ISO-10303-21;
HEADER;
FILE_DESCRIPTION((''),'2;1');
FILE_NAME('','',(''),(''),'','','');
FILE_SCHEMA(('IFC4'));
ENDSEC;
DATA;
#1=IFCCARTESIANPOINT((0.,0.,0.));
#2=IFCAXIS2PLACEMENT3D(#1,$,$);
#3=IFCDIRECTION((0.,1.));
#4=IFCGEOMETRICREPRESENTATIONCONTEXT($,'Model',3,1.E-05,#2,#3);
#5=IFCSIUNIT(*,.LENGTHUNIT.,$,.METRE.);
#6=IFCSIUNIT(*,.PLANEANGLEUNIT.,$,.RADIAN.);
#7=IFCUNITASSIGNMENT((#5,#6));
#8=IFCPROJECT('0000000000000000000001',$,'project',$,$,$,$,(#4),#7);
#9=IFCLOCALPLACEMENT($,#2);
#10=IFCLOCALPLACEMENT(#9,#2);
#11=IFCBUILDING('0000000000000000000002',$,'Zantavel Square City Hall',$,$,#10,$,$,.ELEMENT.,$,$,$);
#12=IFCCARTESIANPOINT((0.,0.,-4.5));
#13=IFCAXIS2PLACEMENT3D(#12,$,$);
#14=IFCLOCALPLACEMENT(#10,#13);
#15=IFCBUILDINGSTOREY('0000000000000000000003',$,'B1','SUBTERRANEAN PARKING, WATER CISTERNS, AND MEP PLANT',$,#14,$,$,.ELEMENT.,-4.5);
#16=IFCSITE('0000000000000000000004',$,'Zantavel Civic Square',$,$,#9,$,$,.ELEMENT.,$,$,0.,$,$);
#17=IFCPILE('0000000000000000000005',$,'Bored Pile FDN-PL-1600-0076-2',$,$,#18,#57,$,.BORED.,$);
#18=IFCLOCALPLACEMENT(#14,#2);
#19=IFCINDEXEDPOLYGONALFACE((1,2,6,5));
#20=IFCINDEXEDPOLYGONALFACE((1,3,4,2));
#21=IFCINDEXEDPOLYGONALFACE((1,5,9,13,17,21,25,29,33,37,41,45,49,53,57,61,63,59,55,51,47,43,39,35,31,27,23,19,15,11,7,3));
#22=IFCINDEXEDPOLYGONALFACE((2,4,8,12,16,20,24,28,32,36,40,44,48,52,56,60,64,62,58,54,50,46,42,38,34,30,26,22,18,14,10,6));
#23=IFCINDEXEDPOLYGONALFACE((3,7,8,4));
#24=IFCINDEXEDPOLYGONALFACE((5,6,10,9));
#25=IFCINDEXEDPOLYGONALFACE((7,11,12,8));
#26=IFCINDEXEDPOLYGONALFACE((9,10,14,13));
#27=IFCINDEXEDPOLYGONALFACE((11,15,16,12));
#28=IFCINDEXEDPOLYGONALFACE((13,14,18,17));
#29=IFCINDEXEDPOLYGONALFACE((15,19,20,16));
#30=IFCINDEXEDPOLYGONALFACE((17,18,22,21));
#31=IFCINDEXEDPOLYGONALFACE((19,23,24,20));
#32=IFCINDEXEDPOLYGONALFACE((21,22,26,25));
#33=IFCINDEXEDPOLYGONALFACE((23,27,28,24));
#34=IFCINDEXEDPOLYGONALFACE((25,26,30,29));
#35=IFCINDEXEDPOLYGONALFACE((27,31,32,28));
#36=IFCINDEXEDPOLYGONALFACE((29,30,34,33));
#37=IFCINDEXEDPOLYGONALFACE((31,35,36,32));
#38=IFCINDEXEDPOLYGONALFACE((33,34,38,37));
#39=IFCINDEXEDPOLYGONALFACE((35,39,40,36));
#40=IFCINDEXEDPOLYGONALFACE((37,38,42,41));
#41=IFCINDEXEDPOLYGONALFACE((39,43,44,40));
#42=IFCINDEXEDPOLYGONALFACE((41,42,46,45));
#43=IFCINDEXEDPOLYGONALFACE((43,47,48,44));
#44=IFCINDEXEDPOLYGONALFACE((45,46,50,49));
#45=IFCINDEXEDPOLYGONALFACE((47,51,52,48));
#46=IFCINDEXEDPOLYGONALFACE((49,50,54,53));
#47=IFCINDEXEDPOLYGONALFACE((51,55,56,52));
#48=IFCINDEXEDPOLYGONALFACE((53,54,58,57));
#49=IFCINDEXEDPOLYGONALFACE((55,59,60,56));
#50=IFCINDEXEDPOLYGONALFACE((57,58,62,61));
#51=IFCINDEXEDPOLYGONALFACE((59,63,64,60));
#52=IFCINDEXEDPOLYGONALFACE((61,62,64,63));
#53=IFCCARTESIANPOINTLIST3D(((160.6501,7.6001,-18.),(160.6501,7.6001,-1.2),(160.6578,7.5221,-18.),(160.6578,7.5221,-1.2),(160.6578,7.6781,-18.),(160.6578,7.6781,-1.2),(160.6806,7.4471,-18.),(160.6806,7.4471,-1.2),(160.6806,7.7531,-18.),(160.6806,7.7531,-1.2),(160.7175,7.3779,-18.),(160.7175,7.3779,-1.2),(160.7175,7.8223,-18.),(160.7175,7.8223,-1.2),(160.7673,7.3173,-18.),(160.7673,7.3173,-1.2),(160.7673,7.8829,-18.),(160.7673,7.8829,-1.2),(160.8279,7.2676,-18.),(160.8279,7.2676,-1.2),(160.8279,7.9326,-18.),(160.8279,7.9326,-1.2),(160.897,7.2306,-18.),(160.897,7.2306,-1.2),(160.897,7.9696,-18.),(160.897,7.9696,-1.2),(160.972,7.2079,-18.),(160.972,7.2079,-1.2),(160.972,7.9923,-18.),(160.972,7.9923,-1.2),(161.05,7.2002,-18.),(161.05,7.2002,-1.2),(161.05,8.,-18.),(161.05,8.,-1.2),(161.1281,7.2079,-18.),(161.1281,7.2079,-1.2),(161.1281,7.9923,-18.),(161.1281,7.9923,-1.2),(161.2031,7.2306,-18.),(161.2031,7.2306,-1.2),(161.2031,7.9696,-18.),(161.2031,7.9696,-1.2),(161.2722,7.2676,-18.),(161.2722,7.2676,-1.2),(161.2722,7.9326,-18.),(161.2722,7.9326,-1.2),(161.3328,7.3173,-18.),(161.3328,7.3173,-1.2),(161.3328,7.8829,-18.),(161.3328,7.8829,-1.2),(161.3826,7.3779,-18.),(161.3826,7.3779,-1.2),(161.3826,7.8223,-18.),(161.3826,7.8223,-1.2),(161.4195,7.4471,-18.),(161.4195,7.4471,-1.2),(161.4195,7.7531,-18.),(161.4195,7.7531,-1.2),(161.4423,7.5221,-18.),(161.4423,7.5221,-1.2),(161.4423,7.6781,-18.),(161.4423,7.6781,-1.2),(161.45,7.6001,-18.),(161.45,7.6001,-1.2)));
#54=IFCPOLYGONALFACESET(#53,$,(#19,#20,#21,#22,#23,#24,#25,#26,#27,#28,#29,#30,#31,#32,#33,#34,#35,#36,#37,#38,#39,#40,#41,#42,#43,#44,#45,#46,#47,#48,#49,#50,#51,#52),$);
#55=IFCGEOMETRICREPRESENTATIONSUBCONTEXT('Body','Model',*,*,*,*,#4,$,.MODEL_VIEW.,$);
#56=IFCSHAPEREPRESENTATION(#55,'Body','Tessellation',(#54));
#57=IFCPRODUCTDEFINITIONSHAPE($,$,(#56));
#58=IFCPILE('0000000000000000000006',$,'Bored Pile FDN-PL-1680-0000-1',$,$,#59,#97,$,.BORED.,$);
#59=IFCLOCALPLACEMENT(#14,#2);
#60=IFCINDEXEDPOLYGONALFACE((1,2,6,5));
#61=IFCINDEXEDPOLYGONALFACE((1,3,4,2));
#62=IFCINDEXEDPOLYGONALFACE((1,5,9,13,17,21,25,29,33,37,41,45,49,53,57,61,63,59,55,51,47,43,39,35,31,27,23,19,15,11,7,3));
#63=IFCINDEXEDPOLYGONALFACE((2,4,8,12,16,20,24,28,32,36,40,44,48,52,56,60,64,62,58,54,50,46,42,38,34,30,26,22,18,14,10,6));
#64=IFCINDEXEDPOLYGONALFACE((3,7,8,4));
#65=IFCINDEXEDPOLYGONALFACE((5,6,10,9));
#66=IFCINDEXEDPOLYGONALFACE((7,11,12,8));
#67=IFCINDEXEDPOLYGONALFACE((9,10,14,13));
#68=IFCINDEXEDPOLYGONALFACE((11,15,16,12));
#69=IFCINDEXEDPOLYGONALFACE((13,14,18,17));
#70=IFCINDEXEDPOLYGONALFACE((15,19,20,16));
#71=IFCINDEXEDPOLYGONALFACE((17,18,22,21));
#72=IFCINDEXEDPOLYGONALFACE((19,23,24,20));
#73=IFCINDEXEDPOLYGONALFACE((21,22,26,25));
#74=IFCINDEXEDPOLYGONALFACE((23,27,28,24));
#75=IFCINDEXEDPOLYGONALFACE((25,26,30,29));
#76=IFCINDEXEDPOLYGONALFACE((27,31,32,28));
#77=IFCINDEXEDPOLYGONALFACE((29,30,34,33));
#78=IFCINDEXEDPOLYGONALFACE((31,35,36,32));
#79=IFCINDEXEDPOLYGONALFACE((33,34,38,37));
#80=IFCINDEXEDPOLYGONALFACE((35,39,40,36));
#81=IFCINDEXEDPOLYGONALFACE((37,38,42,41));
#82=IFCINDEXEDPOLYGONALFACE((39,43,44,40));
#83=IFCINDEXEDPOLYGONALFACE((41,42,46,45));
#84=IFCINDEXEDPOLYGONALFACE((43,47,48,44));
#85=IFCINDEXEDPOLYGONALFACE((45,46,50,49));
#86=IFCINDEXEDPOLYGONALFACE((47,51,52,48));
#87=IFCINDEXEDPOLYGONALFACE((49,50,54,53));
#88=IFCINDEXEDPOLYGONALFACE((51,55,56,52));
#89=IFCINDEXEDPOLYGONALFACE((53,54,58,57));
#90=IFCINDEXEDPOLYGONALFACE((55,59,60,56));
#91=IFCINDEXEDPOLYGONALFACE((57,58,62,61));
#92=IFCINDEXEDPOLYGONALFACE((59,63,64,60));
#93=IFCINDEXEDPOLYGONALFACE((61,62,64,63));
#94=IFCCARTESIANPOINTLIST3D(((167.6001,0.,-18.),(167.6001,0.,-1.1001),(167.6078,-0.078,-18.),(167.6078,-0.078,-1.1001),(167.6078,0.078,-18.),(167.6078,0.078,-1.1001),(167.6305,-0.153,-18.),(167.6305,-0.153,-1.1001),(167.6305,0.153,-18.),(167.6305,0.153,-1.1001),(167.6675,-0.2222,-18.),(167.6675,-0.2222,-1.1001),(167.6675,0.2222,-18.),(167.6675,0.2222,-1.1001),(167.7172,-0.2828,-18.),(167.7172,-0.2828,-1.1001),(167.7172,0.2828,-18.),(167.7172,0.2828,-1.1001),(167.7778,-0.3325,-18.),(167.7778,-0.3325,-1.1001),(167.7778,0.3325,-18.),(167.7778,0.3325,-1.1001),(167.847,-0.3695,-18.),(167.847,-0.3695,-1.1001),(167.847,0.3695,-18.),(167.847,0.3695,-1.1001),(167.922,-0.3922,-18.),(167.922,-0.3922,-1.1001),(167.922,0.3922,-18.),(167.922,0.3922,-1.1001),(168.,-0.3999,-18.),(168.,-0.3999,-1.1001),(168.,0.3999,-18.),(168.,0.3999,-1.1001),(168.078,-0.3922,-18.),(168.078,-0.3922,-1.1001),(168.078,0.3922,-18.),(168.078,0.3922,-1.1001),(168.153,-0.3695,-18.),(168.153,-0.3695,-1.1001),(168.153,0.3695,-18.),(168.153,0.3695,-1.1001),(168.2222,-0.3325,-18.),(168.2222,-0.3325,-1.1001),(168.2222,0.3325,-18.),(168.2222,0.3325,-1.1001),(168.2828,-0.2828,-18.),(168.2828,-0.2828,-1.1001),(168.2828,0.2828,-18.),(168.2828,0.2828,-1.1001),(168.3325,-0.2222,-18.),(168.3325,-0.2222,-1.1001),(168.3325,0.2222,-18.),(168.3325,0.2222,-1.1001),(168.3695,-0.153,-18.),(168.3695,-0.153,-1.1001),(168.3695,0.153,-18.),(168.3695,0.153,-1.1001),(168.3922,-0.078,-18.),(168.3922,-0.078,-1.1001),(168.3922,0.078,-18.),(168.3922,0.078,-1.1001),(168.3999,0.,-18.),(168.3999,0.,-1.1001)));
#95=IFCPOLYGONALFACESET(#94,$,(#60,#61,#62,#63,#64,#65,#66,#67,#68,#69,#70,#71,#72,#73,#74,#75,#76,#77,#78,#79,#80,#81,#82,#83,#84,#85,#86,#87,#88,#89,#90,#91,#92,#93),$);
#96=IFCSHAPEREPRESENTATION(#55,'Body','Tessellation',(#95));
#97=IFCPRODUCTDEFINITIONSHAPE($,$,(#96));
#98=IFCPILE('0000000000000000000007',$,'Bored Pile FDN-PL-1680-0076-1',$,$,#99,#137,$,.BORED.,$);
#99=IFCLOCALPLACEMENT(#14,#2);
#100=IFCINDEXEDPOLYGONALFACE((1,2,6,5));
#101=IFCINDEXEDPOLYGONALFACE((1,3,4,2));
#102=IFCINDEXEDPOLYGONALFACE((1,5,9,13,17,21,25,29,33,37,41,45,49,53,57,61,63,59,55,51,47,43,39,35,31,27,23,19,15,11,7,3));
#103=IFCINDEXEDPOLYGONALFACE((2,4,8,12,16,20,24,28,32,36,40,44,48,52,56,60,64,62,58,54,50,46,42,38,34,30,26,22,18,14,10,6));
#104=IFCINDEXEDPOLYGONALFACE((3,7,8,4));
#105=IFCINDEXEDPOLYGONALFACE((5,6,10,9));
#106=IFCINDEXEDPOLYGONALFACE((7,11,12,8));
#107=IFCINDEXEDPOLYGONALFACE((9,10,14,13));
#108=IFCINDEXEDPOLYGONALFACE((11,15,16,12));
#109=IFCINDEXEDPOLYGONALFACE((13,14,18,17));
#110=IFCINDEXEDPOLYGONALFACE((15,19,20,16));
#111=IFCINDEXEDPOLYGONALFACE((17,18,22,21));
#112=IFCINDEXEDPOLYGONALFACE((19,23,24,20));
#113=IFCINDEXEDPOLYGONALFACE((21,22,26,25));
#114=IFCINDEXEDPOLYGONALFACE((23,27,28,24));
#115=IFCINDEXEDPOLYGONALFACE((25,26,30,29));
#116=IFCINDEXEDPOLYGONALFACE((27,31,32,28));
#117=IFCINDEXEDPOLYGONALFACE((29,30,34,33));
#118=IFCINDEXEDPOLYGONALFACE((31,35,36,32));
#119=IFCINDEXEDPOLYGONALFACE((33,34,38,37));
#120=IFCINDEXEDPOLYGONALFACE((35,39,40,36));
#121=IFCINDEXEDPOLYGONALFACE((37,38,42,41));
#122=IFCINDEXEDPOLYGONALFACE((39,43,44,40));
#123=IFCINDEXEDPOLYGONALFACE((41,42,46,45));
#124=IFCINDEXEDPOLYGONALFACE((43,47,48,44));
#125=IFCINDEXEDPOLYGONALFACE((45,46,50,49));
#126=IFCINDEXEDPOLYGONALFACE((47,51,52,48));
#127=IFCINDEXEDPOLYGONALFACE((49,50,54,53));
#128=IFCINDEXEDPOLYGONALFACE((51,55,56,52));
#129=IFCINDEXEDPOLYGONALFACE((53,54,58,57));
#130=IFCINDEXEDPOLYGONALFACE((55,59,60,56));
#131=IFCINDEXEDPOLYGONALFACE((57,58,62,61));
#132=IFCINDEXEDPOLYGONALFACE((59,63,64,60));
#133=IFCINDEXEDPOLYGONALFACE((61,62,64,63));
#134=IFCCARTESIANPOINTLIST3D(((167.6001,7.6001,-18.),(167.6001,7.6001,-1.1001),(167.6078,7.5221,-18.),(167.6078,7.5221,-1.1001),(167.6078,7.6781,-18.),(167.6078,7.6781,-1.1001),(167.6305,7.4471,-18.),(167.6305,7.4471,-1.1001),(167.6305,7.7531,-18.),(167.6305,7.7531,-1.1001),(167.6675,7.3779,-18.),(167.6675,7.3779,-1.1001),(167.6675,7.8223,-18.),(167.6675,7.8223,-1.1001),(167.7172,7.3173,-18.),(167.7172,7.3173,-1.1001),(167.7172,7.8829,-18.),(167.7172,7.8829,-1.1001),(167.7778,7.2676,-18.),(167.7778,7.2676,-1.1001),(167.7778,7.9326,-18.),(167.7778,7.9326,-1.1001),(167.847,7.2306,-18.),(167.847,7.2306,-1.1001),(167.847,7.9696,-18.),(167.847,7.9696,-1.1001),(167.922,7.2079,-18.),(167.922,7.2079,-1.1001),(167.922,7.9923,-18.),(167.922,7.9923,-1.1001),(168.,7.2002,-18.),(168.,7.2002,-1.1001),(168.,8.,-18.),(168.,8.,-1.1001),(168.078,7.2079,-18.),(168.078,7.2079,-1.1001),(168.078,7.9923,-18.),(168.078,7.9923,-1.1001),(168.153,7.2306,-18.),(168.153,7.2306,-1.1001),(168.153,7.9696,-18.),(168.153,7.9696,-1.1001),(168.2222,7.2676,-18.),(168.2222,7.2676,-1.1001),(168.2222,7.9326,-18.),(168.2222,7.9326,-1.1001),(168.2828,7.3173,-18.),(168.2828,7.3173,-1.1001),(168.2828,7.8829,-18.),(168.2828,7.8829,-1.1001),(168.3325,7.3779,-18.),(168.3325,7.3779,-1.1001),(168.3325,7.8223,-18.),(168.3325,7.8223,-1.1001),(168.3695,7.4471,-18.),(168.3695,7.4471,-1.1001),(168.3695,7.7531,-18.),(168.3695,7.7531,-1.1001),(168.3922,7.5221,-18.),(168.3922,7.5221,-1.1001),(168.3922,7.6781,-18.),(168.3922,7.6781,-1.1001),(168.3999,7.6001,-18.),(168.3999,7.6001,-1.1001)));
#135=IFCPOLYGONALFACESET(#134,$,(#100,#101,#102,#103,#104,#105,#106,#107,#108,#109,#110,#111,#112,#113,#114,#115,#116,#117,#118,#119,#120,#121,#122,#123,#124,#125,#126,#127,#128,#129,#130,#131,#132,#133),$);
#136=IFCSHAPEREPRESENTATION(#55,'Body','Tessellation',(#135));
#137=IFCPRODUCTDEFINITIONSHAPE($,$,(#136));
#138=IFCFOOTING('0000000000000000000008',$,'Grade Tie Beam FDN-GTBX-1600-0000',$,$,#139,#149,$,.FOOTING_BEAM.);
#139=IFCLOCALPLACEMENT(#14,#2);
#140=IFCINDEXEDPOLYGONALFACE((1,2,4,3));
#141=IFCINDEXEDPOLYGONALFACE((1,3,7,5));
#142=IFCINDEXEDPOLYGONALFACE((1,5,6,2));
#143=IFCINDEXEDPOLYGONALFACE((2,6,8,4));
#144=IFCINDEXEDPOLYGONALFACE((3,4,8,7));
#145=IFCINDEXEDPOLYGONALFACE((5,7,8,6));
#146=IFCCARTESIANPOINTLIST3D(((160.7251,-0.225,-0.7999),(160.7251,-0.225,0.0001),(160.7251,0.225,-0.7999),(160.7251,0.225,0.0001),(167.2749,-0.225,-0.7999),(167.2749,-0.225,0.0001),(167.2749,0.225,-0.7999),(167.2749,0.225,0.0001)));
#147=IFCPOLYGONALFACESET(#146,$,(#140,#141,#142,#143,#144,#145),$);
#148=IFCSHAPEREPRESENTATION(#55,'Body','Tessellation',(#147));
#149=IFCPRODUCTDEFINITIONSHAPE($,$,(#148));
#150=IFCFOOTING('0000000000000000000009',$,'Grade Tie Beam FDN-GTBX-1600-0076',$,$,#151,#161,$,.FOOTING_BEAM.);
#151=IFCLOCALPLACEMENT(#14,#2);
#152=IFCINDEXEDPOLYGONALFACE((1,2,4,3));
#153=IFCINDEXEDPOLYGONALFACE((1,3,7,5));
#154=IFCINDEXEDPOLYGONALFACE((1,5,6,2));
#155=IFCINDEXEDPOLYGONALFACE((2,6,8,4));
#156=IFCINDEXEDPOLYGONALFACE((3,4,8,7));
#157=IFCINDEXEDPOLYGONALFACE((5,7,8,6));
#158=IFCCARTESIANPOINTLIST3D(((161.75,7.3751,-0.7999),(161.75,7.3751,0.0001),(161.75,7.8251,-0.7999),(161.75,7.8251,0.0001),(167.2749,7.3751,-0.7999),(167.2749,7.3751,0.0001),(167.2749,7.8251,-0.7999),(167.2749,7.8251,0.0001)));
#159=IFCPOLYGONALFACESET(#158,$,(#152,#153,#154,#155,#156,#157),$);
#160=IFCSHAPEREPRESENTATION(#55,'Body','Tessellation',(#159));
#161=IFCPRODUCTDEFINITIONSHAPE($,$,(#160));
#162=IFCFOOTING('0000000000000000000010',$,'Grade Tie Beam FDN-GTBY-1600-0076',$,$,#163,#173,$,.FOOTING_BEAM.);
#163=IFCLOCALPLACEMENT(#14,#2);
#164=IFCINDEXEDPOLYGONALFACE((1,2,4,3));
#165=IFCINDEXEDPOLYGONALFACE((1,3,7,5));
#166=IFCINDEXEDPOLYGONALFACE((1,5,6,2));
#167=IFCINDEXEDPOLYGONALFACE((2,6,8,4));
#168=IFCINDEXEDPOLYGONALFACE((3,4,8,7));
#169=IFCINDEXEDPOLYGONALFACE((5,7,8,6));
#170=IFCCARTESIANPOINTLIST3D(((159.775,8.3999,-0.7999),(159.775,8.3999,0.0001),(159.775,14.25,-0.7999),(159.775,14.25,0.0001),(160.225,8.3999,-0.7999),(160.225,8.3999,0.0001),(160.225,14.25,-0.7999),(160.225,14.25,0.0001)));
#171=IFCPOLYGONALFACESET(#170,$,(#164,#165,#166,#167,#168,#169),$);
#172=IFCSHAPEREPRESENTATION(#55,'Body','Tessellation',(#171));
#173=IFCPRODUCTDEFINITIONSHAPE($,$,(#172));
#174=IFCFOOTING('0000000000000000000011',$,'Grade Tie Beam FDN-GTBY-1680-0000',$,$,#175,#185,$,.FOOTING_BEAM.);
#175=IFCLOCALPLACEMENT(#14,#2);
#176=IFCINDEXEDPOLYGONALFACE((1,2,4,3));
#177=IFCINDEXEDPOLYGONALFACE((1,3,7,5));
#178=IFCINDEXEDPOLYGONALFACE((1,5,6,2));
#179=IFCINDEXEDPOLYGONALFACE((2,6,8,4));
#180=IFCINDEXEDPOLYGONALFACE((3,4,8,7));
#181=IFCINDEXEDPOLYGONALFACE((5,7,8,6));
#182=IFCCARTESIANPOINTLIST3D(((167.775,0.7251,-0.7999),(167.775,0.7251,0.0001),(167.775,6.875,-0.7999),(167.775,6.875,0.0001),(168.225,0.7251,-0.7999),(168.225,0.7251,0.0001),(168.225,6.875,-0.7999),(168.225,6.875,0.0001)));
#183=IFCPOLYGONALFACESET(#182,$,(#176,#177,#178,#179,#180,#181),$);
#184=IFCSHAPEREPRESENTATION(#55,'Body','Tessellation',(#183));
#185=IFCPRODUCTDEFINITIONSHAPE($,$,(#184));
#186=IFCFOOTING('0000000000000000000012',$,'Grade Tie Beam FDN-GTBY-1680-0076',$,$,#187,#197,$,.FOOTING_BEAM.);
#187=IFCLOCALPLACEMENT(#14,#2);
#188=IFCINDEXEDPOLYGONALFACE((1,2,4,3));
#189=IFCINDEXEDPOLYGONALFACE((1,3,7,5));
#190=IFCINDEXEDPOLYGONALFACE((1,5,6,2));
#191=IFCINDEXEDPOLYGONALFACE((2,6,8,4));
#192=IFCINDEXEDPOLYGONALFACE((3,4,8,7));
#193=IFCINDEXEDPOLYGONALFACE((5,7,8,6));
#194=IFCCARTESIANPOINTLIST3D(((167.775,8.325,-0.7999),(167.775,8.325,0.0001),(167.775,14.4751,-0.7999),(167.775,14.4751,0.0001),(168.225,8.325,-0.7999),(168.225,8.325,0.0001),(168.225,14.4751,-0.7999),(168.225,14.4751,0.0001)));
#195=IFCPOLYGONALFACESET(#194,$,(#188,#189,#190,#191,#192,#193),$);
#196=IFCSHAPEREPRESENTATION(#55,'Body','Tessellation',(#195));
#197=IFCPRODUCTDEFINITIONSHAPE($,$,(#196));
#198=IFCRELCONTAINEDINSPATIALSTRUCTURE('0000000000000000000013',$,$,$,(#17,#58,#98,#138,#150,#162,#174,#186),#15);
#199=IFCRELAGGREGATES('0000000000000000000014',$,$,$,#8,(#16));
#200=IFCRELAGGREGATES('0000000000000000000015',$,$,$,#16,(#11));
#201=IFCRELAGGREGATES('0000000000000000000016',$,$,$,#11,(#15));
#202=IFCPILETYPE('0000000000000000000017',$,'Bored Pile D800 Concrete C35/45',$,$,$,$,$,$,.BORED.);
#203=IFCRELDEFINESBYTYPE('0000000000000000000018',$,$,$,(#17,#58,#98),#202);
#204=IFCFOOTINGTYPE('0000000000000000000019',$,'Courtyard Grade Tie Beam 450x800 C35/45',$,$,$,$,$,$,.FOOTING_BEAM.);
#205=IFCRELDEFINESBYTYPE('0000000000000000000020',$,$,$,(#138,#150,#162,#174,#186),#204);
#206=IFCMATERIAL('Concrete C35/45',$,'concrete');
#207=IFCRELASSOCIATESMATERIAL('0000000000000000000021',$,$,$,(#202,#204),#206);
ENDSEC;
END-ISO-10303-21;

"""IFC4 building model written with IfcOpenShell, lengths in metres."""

from ifc_helpers import new_model, si_unit, direction, frame, origin, origin_2d, place, context, subcontext, project, spatial, rectangle, circle, extrude, material, material_profile, profile_set, type_object, element, save


model = new_model("IFC4")

# Units and contexts
model_context = context("Model", 3, precision=1e-05, world=origin(), true_north=direction((0.0, 1.0)))
body_context = subcontext(model_context, "Body", "Model", "MODEL_VIEW")
ifc_project = project(units=[si_unit("LENGTHUNIT", "METRE"), si_unit("PLANEANGLEUNIT", "RADIAN")], contexts=[model_context])

# Site, building, storey
site_placement = place(None, origin())
site = spatial("IfcSite", under=ifc_project, at=site_placement, Name="Zantavel Civic Square", CompositionType="ELEMENT", RefElevation=0.0)
building_placement = place(site_placement, origin())
building = spatial("IfcBuilding", under=site, at=building_placement, Name="Zantavel Square City Hall", CompositionType="ELEMENT")
storey_placement = place(building_placement, frame((0.0, 0.0, -4.5)))
storey = spatial("IfcBuildingStorey", under=building, at=storey_placement, Name="B1", Description="SUBTERRANEAN PARKING, WATER CISTERNS, AND MEP PLANT", CompositionType="ELEMENT", Elevation=-4.5)

# Piles
ifc_material_1 = material(Name="Concrete C35/45", Category="concrete")
ifc_material_profile_1 = material_profile(ifc_material_1, circle(Radius=0.3999, at=origin_2d()), Name="PILE D800")
ifc_profile_set_1 = profile_set([ifc_material_profile_1], Name="Concrete C35/45")
pile_type = type_object("IfcPileType", Name="Bored Pile D800 Concrete C35/45", PredefinedType="BORED", material=ifc_profile_set_1)
pile_placement = place(storey_placement, frame((161.05, 7.6001, -1.2), z_axis=(0.0, 0.0, -1.0), x_axis=(1.0, 0.0, 0.0)))
element("IfcPile", 1, at=pile_placement, inside=storey, type_object=pile_type, Name="Bored Pile FDN-PL-1600-0076-2", PredefinedType="BORED", context=body_context, shape_type="SweptSolid", body=[
    extrude(circle(Radius=0.3999, at=origin_2d()), origin(), (0.0, 0.0, 1.0), 16.8),
])
for number, where, z_axis, x_axis, name in (
    (2, (168.0, 0.0, -1.1001), (0.0, 0.0, -1.0), (1.0, 0.0, 0.0), "Bored Pile FDN-PL-1680-0000-1"),
    (3, (168.0, 7.6001, -1.1001), (0.0, 0.0, -1.0), (1.0, 0.0, 0.0), "Bored Pile FDN-PL-1680-0076-1"),
):
    element("IfcPile", number, at=place(storey_placement, frame(where, z_axis=z_axis, x_axis=x_axis)), inside=storey, type_object=pile_type, Name=name, PredefinedType="BORED", context=body_context, shape_type="SweptSolid", body=[
        extrude(circle(Radius=0.3999, at=origin_2d()), origin(), (0.0, 0.0, 1.0), 16.8999),
    ])

# Footings
ifc_material_profile_2 = material_profile(ifc_material_1, rectangle(XDim=0.45, YDim=0.8, at=origin_2d()), Name="RC 450x800")
ifc_profile_set_2 = profile_set([ifc_material_profile_2], Name="Concrete C35/45")
footing_type_1 = type_object("IfcFootingType", Name="Courtyard Grade Tie Beam 450x800 C35/45", PredefinedType="FOOTING_BEAM", material=ifc_profile_set_2)
footing_1_placement = place(storey_placement, frame((160.7251, 0.0, -0.3999), z_axis=(1.0, 0.0, 0.0), x_axis=(0.0, 1.0, 0.0)))
element("IfcFooting", 4, at=footing_1_placement, inside=storey, type_object=footing_type_1, Name="Grade Tie Beam FDN-GTBX-1600-0000", PredefinedType="FOOTING_BEAM", context=body_context, shape_type="SweptSolid", body=[
    extrude(rectangle(XDim=0.45, YDim=0.8, at=origin_2d()), origin(), (0.0, 0.0, 1.0), 6.5498),
])
footing_2_placement = place(storey_placement, frame((161.75, 7.6001, -0.3999), z_axis=(1.0, 0.0, 0.0), x_axis=(0.0, 1.0, 0.0)))
element("IfcFooting", 5, at=footing_2_placement, inside=storey, type_object=footing_type_1, Name="Grade Tie Beam FDN-GTBX-1600-0076", PredefinedType="FOOTING_BEAM", context=body_context, shape_type="SweptSolid", body=[
    extrude(rectangle(XDim=0.45, YDim=0.8, at=origin_2d()), origin(), (0.0, 0.0, 1.0), 5.5249),
])
footing_3_placement = place(storey_placement, frame((160.0, 8.3999, -0.3999), z_axis=(0.0, 1.0, 0.0), x_axis=(-1.0, 0.0, 0.0)))
element("IfcFooting", 6, at=footing_3_placement, inside=storey, type_object=footing_type_1, Name="Grade Tie Beam FDN-GTBY-1600-0076", PredefinedType="FOOTING_BEAM", context=body_context, shape_type="SweptSolid", body=[
    extrude(rectangle(XDim=0.45, YDim=0.8, at=origin_2d()), origin(), (0.0, 0.0, 1.0), 5.8501),
])
footing_4_placement = place(storey_placement, frame((168.0, 0.7251, -0.3999), z_axis=(0.0, 1.0, 0.0), x_axis=(-1.0, 0.0, 0.0)))
element("IfcFooting", 7, at=footing_4_placement, inside=storey, type_object=footing_type_1, Name="Grade Tie Beam FDN-GTBY-1680-0000", PredefinedType="FOOTING_BEAM", context=body_context, shape_type="SweptSolid", body=[
    extrude(rectangle(XDim=0.45, YDim=0.8, at=origin_2d()), origin(), (0.0, 0.0, 1.0), 6.1499),
])
footing_5_placement = place(storey_placement, frame((168.0, 8.325, -0.3999), z_axis=(0.0, 1.0, 0.0), x_axis=(-1.0, 0.0, 0.0)))
element("IfcFooting", 8, at=footing_5_placement, inside=storey, type_object=footing_type_1, Name="Grade Tie Beam FDN-GTBY-1680-0076", PredefinedType="FOOTING_BEAM", context=body_context, shape_type="SweptSolid", body=[
    extrude(rectangle(XDim=0.45, YDim=0.8, at=origin_2d()), origin(), (0.0, 0.0, 1.0), 6.1501),
])

save(model, "model.ifc")
